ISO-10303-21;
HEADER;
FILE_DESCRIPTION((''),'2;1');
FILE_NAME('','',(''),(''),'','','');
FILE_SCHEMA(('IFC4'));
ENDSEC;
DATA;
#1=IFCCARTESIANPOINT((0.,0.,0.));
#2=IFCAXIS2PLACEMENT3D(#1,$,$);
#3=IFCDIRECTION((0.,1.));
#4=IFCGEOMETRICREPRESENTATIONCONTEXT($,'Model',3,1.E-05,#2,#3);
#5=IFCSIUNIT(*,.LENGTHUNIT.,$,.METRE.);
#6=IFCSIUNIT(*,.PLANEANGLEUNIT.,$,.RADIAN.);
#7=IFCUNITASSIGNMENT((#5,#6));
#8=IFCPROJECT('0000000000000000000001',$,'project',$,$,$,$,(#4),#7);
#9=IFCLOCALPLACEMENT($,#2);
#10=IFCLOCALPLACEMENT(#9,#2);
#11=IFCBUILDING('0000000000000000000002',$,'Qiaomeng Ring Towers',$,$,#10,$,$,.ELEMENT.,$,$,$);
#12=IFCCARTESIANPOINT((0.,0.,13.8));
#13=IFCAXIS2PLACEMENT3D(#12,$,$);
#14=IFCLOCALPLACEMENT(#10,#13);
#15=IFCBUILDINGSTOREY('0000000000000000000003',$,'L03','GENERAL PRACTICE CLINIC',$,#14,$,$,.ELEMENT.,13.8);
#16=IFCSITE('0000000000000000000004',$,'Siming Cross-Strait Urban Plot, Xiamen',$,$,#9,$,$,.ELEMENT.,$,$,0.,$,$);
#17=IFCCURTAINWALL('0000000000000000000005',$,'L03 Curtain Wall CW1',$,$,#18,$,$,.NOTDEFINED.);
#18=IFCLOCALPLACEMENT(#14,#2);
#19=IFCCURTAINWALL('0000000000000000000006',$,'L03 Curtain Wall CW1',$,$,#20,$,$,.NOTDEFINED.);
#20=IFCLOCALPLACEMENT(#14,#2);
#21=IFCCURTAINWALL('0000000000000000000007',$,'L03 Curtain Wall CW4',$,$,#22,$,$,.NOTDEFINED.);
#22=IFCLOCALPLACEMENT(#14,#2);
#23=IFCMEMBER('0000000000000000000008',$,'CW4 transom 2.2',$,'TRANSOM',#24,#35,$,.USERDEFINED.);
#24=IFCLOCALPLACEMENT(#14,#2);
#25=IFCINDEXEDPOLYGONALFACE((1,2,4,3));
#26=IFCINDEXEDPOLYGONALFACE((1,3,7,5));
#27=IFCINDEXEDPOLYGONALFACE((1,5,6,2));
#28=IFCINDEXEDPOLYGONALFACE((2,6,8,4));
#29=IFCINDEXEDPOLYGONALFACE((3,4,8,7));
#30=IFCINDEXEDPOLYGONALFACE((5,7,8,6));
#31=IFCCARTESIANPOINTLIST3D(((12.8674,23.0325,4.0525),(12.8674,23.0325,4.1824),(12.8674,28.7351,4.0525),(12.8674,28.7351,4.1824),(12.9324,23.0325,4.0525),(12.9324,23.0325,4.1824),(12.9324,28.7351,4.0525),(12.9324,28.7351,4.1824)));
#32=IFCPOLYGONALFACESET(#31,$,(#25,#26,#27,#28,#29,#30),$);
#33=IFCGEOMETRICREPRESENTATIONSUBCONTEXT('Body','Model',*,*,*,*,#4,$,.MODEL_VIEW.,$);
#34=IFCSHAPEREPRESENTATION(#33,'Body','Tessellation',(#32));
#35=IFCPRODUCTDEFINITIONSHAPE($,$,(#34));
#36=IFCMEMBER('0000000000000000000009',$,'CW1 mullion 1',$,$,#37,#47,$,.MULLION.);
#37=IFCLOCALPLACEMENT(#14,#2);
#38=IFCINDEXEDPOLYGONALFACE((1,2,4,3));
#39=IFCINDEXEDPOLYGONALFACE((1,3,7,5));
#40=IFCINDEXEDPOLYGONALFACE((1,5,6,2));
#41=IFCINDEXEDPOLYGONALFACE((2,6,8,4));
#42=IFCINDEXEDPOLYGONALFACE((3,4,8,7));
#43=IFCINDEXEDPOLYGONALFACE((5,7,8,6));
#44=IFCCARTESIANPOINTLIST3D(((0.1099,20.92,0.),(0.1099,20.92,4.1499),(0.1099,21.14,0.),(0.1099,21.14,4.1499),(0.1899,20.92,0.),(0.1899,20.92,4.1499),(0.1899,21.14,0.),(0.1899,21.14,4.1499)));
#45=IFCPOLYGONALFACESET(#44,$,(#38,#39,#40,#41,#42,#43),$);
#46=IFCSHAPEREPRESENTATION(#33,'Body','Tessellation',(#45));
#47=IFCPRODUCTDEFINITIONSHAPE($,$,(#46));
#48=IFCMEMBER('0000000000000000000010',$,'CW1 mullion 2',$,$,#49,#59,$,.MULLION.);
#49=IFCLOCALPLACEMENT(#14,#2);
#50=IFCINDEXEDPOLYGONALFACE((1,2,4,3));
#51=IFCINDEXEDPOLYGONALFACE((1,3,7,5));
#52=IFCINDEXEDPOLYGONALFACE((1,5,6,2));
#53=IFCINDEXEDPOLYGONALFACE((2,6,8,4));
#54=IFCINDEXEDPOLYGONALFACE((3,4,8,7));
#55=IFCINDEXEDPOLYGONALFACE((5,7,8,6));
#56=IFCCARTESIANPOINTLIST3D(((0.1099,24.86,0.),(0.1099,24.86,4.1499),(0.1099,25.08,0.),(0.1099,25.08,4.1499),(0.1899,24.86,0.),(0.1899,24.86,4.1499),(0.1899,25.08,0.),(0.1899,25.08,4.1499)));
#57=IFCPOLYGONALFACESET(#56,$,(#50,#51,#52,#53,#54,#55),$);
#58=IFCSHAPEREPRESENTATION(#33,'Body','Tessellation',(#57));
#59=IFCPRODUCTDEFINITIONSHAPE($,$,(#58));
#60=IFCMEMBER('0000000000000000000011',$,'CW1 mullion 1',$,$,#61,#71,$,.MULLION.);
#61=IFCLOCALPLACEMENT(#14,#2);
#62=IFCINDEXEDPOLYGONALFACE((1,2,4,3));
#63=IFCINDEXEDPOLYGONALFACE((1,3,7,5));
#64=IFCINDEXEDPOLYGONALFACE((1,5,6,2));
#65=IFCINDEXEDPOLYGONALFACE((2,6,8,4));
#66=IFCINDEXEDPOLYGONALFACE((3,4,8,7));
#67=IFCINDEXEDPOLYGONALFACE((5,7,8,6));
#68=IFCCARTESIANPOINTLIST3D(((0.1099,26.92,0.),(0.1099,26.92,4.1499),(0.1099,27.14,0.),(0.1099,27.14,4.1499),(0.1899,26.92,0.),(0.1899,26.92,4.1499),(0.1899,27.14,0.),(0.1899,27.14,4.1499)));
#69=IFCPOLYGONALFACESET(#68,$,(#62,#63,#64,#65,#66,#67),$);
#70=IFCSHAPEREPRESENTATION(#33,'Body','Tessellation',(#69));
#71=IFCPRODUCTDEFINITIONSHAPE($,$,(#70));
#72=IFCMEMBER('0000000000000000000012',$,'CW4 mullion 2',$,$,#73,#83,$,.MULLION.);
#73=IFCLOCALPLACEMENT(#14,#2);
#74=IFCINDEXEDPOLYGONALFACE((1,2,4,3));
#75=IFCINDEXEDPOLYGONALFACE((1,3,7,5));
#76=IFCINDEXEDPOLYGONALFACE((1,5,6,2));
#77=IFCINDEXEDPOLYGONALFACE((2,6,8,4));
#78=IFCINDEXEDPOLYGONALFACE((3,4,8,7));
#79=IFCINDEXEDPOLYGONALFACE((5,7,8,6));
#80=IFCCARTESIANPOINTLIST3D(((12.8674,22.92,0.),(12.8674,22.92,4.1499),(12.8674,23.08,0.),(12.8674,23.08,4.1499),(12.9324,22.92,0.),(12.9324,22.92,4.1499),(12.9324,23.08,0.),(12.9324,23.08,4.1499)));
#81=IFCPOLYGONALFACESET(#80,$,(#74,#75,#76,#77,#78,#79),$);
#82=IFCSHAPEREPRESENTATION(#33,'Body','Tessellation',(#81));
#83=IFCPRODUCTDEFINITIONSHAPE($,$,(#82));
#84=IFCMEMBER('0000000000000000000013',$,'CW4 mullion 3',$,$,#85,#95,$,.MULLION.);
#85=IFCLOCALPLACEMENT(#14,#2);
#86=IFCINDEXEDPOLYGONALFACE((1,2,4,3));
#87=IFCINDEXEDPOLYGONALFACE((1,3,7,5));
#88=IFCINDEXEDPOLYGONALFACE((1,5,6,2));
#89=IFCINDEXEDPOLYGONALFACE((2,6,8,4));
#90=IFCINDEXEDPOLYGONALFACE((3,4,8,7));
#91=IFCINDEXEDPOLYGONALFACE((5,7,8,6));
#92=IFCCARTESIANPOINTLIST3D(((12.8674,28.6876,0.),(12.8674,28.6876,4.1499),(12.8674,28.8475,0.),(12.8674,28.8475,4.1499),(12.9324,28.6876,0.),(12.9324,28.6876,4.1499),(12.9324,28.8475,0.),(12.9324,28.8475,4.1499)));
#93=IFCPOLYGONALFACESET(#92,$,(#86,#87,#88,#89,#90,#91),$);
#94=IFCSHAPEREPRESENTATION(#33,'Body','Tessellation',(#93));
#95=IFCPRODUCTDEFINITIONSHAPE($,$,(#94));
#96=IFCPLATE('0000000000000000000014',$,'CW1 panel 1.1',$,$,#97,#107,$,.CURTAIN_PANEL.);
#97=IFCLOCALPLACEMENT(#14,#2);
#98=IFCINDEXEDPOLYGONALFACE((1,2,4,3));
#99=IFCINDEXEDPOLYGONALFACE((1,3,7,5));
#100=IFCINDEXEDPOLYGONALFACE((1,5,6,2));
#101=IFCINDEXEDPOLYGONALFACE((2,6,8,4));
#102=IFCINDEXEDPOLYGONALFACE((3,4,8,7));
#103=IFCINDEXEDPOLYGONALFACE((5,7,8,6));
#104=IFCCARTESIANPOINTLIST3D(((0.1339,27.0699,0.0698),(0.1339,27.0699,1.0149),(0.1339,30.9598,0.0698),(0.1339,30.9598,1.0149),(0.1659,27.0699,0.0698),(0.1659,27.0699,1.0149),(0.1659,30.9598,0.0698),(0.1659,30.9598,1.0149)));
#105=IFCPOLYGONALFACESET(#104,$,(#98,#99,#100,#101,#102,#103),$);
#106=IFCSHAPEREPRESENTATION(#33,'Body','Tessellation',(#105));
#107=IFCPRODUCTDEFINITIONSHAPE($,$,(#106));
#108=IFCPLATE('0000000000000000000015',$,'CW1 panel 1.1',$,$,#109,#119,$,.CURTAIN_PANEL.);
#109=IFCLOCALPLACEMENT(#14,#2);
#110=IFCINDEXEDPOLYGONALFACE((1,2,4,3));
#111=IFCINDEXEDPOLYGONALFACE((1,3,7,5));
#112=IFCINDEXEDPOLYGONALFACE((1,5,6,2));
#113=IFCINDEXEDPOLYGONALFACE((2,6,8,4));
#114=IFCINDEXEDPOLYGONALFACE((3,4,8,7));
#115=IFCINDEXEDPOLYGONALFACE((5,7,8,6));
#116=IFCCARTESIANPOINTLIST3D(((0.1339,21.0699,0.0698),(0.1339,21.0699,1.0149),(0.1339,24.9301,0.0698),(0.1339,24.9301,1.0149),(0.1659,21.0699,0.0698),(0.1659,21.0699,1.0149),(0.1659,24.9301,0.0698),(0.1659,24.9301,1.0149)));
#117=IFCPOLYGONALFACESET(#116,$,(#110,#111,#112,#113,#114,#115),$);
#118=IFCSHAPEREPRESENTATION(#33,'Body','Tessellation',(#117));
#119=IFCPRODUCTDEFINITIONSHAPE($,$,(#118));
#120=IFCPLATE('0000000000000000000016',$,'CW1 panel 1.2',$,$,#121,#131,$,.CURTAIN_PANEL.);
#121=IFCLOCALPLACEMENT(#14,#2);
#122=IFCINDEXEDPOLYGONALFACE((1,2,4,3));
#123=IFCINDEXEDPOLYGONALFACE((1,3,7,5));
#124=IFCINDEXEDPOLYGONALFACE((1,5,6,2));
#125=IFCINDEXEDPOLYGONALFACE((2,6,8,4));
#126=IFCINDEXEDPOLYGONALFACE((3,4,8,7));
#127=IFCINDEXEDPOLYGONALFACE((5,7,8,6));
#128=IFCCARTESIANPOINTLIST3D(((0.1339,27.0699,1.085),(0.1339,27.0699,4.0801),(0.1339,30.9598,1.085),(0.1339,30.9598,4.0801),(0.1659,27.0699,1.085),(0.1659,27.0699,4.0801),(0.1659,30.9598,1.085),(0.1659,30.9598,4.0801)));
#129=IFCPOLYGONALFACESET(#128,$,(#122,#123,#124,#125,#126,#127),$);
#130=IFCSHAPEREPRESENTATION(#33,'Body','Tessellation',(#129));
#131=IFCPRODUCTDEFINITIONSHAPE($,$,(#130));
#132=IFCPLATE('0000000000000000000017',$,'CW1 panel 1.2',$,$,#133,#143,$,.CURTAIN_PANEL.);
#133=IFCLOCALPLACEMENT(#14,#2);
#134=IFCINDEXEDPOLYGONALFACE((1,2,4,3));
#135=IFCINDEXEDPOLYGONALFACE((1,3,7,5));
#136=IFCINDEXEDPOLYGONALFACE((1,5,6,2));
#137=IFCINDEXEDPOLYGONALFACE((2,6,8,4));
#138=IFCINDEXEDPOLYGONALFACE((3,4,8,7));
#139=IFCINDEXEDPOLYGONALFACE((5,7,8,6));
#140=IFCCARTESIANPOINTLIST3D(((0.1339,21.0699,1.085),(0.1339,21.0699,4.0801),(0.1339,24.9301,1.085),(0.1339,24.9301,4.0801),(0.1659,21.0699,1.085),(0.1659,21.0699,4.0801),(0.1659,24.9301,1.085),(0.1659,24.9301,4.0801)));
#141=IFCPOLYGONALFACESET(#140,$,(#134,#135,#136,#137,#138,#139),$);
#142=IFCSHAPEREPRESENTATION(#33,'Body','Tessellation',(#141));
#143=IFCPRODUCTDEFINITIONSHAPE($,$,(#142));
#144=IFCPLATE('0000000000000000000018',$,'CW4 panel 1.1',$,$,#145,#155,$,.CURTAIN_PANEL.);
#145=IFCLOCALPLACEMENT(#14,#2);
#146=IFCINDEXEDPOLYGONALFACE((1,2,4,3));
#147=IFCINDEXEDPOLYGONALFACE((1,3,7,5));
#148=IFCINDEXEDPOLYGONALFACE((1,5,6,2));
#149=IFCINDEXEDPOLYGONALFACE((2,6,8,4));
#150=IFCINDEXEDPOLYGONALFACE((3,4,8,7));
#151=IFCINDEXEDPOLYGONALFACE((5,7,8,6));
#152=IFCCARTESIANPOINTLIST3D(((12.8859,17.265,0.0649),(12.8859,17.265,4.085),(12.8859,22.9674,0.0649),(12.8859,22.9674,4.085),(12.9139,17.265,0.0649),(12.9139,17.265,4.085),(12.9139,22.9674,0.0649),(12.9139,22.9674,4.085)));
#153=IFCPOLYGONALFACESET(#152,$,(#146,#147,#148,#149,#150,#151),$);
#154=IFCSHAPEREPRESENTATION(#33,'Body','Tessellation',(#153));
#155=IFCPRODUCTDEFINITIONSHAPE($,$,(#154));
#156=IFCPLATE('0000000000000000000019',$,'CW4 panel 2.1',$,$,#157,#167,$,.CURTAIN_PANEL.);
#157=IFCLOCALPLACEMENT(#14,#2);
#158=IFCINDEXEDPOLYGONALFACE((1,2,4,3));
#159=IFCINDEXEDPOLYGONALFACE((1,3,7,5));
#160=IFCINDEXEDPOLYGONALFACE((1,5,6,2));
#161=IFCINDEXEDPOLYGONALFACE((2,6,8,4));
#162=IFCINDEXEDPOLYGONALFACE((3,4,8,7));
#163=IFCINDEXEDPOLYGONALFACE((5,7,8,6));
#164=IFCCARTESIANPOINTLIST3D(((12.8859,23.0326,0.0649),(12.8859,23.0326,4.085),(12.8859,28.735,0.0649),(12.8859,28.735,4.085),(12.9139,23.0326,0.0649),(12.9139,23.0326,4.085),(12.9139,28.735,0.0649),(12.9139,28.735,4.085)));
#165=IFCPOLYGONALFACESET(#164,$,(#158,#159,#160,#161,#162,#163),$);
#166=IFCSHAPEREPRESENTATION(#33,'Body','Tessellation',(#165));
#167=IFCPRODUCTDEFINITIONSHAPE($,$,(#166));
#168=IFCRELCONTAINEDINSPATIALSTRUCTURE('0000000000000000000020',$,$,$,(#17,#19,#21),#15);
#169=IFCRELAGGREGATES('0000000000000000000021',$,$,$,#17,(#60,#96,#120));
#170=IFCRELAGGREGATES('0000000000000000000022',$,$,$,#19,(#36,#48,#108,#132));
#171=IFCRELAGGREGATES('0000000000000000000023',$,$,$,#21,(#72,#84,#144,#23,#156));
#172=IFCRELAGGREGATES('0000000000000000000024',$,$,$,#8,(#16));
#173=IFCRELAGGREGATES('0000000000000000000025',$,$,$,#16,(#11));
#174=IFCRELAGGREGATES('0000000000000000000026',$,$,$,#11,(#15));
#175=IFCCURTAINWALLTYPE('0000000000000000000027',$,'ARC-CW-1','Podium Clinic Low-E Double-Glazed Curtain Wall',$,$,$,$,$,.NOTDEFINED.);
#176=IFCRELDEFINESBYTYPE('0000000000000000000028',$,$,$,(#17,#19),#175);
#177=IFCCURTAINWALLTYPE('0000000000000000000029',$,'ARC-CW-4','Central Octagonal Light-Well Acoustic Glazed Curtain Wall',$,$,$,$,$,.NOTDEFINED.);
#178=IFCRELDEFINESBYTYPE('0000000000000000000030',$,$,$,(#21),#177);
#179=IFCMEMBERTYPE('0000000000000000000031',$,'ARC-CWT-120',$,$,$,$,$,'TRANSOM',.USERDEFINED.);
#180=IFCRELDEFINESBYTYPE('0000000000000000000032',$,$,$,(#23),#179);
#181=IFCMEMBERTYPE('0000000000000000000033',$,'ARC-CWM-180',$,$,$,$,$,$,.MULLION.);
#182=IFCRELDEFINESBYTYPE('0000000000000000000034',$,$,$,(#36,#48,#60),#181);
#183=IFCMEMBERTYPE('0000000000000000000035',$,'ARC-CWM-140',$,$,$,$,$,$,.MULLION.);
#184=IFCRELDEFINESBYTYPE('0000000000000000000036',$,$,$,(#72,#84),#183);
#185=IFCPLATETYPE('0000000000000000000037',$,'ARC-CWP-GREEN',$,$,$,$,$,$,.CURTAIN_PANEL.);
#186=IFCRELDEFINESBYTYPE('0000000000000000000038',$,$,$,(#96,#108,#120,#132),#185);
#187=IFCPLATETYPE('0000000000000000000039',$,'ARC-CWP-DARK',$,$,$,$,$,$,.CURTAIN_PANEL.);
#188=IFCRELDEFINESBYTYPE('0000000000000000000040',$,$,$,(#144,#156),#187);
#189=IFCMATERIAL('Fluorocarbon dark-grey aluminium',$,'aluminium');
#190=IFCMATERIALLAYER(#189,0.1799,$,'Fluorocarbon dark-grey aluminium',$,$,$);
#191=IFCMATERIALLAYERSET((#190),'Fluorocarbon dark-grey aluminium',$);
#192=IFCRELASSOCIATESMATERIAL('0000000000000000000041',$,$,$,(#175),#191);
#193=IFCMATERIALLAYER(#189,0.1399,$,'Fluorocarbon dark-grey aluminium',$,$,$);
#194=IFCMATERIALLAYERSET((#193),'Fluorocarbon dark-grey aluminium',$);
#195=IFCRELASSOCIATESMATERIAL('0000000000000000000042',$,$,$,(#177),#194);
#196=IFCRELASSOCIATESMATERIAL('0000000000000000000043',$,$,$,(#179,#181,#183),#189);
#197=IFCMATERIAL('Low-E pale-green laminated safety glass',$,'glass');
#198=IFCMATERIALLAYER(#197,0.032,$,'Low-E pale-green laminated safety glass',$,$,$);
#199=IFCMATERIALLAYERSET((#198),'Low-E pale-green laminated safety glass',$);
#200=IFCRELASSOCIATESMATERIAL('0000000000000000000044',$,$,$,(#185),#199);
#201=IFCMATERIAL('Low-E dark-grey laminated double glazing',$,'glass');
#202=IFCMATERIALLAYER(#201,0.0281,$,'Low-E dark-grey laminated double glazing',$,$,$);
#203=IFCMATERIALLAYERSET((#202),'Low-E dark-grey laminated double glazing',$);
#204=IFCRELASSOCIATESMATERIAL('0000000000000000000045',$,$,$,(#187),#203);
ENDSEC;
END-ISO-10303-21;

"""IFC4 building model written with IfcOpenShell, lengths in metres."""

from ifc_helpers import new_model, si_unit, direction, frame, origin, origin_2d, place, context, subcontext, project, spatial, rectangle, extrude, source, transform, mapped, material, layer, layer_set, material_profile, profile_set, type_object, element, aggregate, save


model = new_model("IFC4")

# Units and contexts
model_context = context("Model", 3, precision=1e-05, world=origin(), true_north=direction((0.0, 1.0)))
body_context = subcontext(model_context, "Body", "Model", "MODEL_VIEW")
ifc_project = project(units=[si_unit("LENGTHUNIT", "METRE"), si_unit("PLANEANGLEUNIT", "RADIAN")], contexts=[model_context])

# Site, building, storey
site_placement = place(None, origin())
site = spatial("IfcSite", under=ifc_project, at=site_placement, Name="Siming Cross-Strait Urban Plot, Xiamen", CompositionType="ELEMENT", RefElevation=0.0)
building_placement = place(site_placement, origin())
building = spatial("IfcBuilding", under=site, at=building_placement, Name="Qiaomeng Ring Towers", CompositionType="ELEMENT")
storey_placement = place(building_placement, frame((0.0, 0.0, 13.8)))
storey = spatial("IfcBuildingStorey", under=building, at=storey_placement, Name="L03", Description="GENERAL PRACTICE CLINIC", CompositionType="ELEMENT", Elevation=13.8)

# Curtain walls, member
ifc_material_1 = material(Name="Fluorocarbon dark-grey aluminium", Category="aluminium")
ifc_layer_1 = layer(ifc_material_1, 0.1799, Name="Fluorocarbon dark-grey aluminium")
ifc_layer_set_1 = layer_set([ifc_layer_1], Name="Fluorocarbon dark-grey aluminium")
curtain_wall_type_1 = type_object("IfcCurtainWallType", Name="ARC-CW-1", Description="Podium Clinic Low-E Double-Glazed Curtain Wall", PredefinedType="NOTDEFINED", material=ifc_layer_set_1)
curtain_wall_1_placement = place(storey_placement, origin())
curtain_wall_1 = element("IfcCurtainWall", 1, at=curtain_wall_1_placement, inside=storey, type_object=curtain_wall_type_1, Name="L03 Curtain Wall CW1", PredefinedType="NOTDEFINED")
curtain_wall_2_placement = place(storey_placement, origin())
curtain_wall_2 = element("IfcCurtainWall", 2, at=curtain_wall_2_placement, inside=storey, type_object=curtain_wall_type_1, Name="L03 Curtain Wall CW1", PredefinedType="NOTDEFINED")
ifc_layer_2 = layer(ifc_material_1, 0.1399, Name="Fluorocarbon dark-grey aluminium")
ifc_layer_set_2 = layer_set([ifc_layer_2], Name="Fluorocarbon dark-grey aluminium")
curtain_wall_type_2 = type_object("IfcCurtainWallType", Name="ARC-CW-4", Description="Central Octagonal Light-Well Acoustic Glazed Curtain Wall", PredefinedType="NOTDEFINED", material=ifc_layer_set_2)
curtain_wall_3_placement = place(storey_placement, origin())
curtain_wall_3 = element("IfcCurtainWall", 3, at=curtain_wall_3_placement, inside=storey, type_object=curtain_wall_type_2, Name="L03 Curtain Wall CW4", PredefinedType="NOTDEFINED")
ifc_material_profile_1 = material_profile(ifc_material_1, rectangle(XDim=0.0649, YDim=0.1299, at=origin_2d()), Name="ALU TRAN 65x130")
ifc_profile_set_1 = profile_set([ifc_material_profile_1], Name="Fluorocarbon dark-grey aluminium")
member_type_1 = type_object("IfcMemberType", Name="ARC-CWT-120", ElementType="TRANSOM", PredefinedType="USERDEFINED", material=ifc_profile_set_1)
shared_shape_1 = source(origin(), body_context, "Body", "SweptSolid", [
    extrude(rectangle(XDim=0.0649, YDim=0.1299, at=origin_2d()), origin(), (0.0, 0.0, 1.0), 5.7026),
])
member_1_placement = place(storey_placement, frame((12.8999, 23.0325, 4.1174), z_axis=(0.0, 1.0, 0.0), x_axis=(-1.0, 0.0, 0.0)))
member_1 = element("IfcMember", 4, at=member_1_placement, type_object=member_type_1, Name="CW4 transom 2.2", ObjectType="TRANSOM", PredefinedType="USERDEFINED", context=body_context, shape_type="MappedRepresentation", body=[
    mapped(shared_shape_1, transform((0.0, 0.0, 0.0), x_axis=(1.0, 0.0, 0.0), y_axis=(0.0, 1.0, 0.0), z_axis=(0.0, 0.0, 1.0), scale=1.0)),
])

# Members
ifc_material_profile_2 = material_profile(ifc_material_1, rectangle(XDim=0.0801, YDim=0.22, at=origin_2d()), Name="ALU MULL 80x220")
ifc_profile_set_2 = profile_set([ifc_material_profile_2], Name="Fluorocarbon dark-grey aluminium")
member_type_2 = type_object("IfcMemberType", Name="ARC-CWM-180", PredefinedType="MULLION", material=ifc_profile_set_2)
shared_shape_2 = source(origin(), body_context, "Body", "SweptSolid", [
    extrude(rectangle(XDim=0.0801, YDim=0.22, at=origin_2d()), origin(), (0.0, 0.0, 1.0), 4.1499),
])
member_2_placement = place(storey_placement, frame((0.1499, 21.03, 0.0), z_axis=(0.0, 0.0, 1.0), x_axis=(-1.0, 0.0, 0.0)))
member_2 = element("IfcMember", 5, at=member_2_placement, type_object=member_type_2, Name="CW1 mullion 1", PredefinedType="MULLION", context=body_context, shape_type="MappedRepresentation", body=[
    mapped(shared_shape_2, transform((0.0, 0.0, 0.0), x_axis=(1.0, 0.0, 0.0), y_axis=(0.0, 1.0, 0.0), z_axis=(0.0, 0.0, 1.0), scale=1.0)),
])
member_3_placement = place(storey_placement, frame((0.1499, 24.97, 0.0), z_axis=(0.0, 0.0, 1.0), x_axis=(-1.0, 0.0, 0.0)))
member_3 = element("IfcMember", 6, at=member_3_placement, type_object=member_type_2, Name="CW1 mullion 2", PredefinedType="MULLION", context=body_context, shape_type="MappedRepresentation", body=[
    mapped(shared_shape_2, transform((0.0, 0.0, 0.0), x_axis=(1.0, 0.0, 0.0), y_axis=(0.0, 1.0, 0.0), z_axis=(0.0, 0.0, 1.0), scale=1.0)),
])
member_4_placement = place(storey_placement, frame((0.1499, 27.03, 0.0), z_axis=(0.0, 0.0, 1.0), x_axis=(-1.0, 0.0, 0.0)))
member_4 = element("IfcMember", 7, at=member_4_placement, type_object=member_type_2, Name="CW1 mullion 1", PredefinedType="MULLION", context=body_context, shape_type="MappedRepresentation", body=[
    mapped(shared_shape_2, transform((0.0, 0.0, 0.0), x_axis=(1.0, 0.0, 0.0), y_axis=(0.0, 1.0, 0.0), z_axis=(0.0, 0.0, 1.0), scale=1.0)),
])
ifc_material_profile_3 = material_profile(ifc_material_1, rectangle(XDim=0.0649, YDim=0.1599, at=origin_2d()), Name="ALU MULL 65x160")
ifc_profile_set_3 = profile_set([ifc_material_profile_3], Name="Fluorocarbon dark-grey aluminium")
member_type_3 = type_object("IfcMemberType", Name="ARC-CWM-140", PredefinedType="MULLION", material=ifc_profile_set_3)
shared_shape_3 = source(origin(), body_context, "Body", "SweptSolid", [
    extrude(rectangle(XDim=0.0649, YDim=0.1599, at=origin_2d()), origin(), (0.0, 0.0, 1.0), 4.1499),
])
member_5_placement = place(storey_placement, frame((12.8999, 23.0, 0.0), z_axis=(0.0, 0.0, 1.0), x_axis=(-1.0, 0.0, 0.0)))
member_5 = element("IfcMember", 8, at=member_5_placement, type_object=member_type_3, Name="CW4 mullion 2", PredefinedType="MULLION", context=body_context, shape_type="MappedRepresentation", body=[
    mapped(shared_shape_3, transform((0.0, 0.0, 0.0), x_axis=(1.0, 0.0, 0.0), y_axis=(0.0, 1.0, 0.0), z_axis=(0.0, 0.0, 1.0), scale=1.0)),
])
member_6_placement = place(storey_placement, frame((12.8999, 28.7676, 0.0), z_axis=(0.0, 0.0, 1.0), x_axis=(-1.0, 0.0, 0.0)))
member_6 = element("IfcMember", 9, at=member_6_placement, type_object=member_type_3, Name="CW4 mullion 3", PredefinedType="MULLION", context=body_context, shape_type="MappedRepresentation", body=[
    mapped(shared_shape_3, transform((0.0, 0.0, 0.0), x_axis=(1.0, 0.0, 0.0), y_axis=(0.0, 1.0, 0.0), z_axis=(0.0, 0.0, 1.0), scale=1.0)),
])

# Plates
ifc_material_2 = material(Name="Low-E pale-green laminated safety glass", Category="glass")
ifc_layer_3 = layer(ifc_material_2, 0.032, Name="Low-E pale-green laminated safety glass")
ifc_layer_set_3 = layer_set([ifc_layer_3], Name="Low-E pale-green laminated safety glass")
plate_type_1 = type_object("IfcPlateType", Name="ARC-CWP-GREEN", PredefinedType="CURTAIN_PANEL", material=ifc_layer_set_3)
shared_shape_4 = source(origin(), body_context, "Body", "SweptSolid", [
    extrude(rectangle(XDim=3.8899, YDim=0.032, at=origin_2d()), origin(), (0.0, 0.0, 1.0), 0.9451),
])
plate_1_placement = place(storey_placement, frame((0.1499, 29.0149, 0.0698), z_axis=(0.0, 0.0, 1.0), x_axis=(0.0, 1.0, 0.0)))
plate_1 = element("IfcPlate", 10, at=plate_1_placement, type_object=plate_type_1, Name="CW1 panel 1.1", PredefinedType="CURTAIN_PANEL", context=body_context, shape_type="MappedRepresentation", body=[
    mapped(shared_shape_4, transform((0.0, 0.0, 0.0), x_axis=(1.0, 0.0, 0.0), y_axis=(0.0, 1.0, 0.0), z_axis=(0.0, 0.0, 1.0), scale=1.0)),
])
shared_shape_5 = source(origin(), body_context, "Body", "SweptSolid", [
    extrude(rectangle(XDim=3.8601, YDim=0.032, at=origin_2d()), origin(), (0.0, 0.0, 1.0), 0.9451),
])
plate_2_placement = place(storey_placement, frame((0.1499, 23.0, 0.0698), z_axis=(0.0, 0.0, 1.0), x_axis=(0.0, 1.0, 0.0)))
plate_2 = element("IfcPlate", 11, at=plate_2_placement, type_object=plate_type_1, Name="CW1 panel 1.1", PredefinedType="CURTAIN_PANEL", context=body_context, shape_type="MappedRepresentation", body=[
    mapped(shared_shape_5, transform((0.0, 0.0, 0.0), x_axis=(1.0, 0.0, 0.0), y_axis=(0.0, 1.0, 0.0), z_axis=(0.0, 0.0, 1.0), scale=1.0)),
])
shared_shape_6 = source(origin(), body_context, "Body", "SweptSolid", [
    extrude(rectangle(XDim=3.8899, YDim=0.032, at=origin_2d()), origin(), (0.0, 0.0, 1.0), 2.9951),
])
plate_3_placement = place(storey_placement, frame((0.1499, 29.0149, 1.085), z_axis=(0.0, 0.0, 1.0), x_axis=(0.0, 1.0, 0.0)))
plate_3 = element("IfcPlate", 12, at=plate_3_placement, type_object=plate_type_1, Name="CW1 panel 1.2", PredefinedType="CURTAIN_PANEL", context=body_context, shape_type="MappedRepresentation", body=[
    mapped(shared_shape_6, transform((0.0, 0.0, 0.0), x_axis=(1.0, 0.0, 0.0), y_axis=(0.0, 1.0, 0.0), z_axis=(0.0, 0.0, 1.0), scale=1.0)),
])
aggregate(curtain_wall_1, [member_4, plate_1, plate_3])
shared_shape_7 = source(origin(), body_context, "Body", "SweptSolid", [
    extrude(rectangle(XDim=3.8601, YDim=0.032, at=origin_2d()), origin(), (0.0, 0.0, 1.0), 2.9951),
])
plate_4_placement = place(storey_placement, frame((0.1499, 23.0, 1.085), z_axis=(0.0, 0.0, 1.0), x_axis=(0.0, 1.0, 0.0)))
plate_4 = element("IfcPlate", 13, at=plate_4_placement, type_object=plate_type_1, Name="CW1 panel 1.2", PredefinedType="CURTAIN_PANEL", context=body_context, shape_type="MappedRepresentation", body=[
    mapped(shared_shape_7, transform((0.0, 0.0, 0.0), x_axis=(1.0, 0.0, 0.0), y_axis=(0.0, 1.0, 0.0), z_axis=(0.0, 0.0, 1.0), scale=1.0)),
])
aggregate(curtain_wall_2, [member_2, member_3, plate_2, plate_4])
ifc_material_3 = material(Name="Low-E dark-grey laminated double glazing", Category="glass")
ifc_layer_4 = layer(ifc_material_3, 0.0281, Name="Low-E dark-grey laminated double glazing")
ifc_layer_set_4 = layer_set([ifc_layer_4], Name="Low-E dark-grey laminated double glazing")
plate_type_2 = type_object("IfcPlateType", Name="ARC-CWP-DARK", PredefinedType="CURTAIN_PANEL", material=ifc_layer_set_4)
shared_shape_8 = source(origin(), body_context, "Body", "SweptSolid", [
    extrude(rectangle(XDim=5.7024, YDim=0.0281, at=origin_2d()), origin(), (0.0, 0.0, 1.0), 4.02),
])
plate_5_placement = place(storey_placement, frame((12.8999, 20.1162, 0.0649), z_axis=(0.0, 0.0, 1.0), x_axis=(0.0, 1.0, 0.0)))
plate_5 = element("IfcPlate", 14, at=plate_5_placement, type_object=plate_type_2, Name="CW4 panel 1.1", PredefinedType="CURTAIN_PANEL", context=body_context, shape_type="MappedRepresentation", body=[
    mapped(shared_shape_8, transform((0.0, 0.0, 0.0), x_axis=(1.0, 0.0, 0.0), y_axis=(0.0, 1.0, 0.0), z_axis=(0.0, 0.0, 1.0), scale=1.0)),
])
plate_6_placement = place(storey_placement, frame((12.8999, 25.8838, 0.0649), z_axis=(0.0, 0.0, 1.0), x_axis=(0.0, 1.0, 0.0)))
plate_6 = element("IfcPlate", 15, at=plate_6_placement, type_object=plate_type_2, Name="CW4 panel 2.1", PredefinedType="CURTAIN_PANEL", context=body_context, shape_type="MappedRepresentation", body=[
    mapped(shared_shape_8, transform((0.0, 0.0, 0.0), x_axis=(1.0, 0.0, 0.0), y_axis=(0.0, 1.0, 0.0), z_axis=(0.0, 0.0, 1.0), scale=1.0)),
])
aggregate(curtain_wall_3, [member_5, member_6, plate_5, member_1, plate_6])

save(model, "model.ifc")
